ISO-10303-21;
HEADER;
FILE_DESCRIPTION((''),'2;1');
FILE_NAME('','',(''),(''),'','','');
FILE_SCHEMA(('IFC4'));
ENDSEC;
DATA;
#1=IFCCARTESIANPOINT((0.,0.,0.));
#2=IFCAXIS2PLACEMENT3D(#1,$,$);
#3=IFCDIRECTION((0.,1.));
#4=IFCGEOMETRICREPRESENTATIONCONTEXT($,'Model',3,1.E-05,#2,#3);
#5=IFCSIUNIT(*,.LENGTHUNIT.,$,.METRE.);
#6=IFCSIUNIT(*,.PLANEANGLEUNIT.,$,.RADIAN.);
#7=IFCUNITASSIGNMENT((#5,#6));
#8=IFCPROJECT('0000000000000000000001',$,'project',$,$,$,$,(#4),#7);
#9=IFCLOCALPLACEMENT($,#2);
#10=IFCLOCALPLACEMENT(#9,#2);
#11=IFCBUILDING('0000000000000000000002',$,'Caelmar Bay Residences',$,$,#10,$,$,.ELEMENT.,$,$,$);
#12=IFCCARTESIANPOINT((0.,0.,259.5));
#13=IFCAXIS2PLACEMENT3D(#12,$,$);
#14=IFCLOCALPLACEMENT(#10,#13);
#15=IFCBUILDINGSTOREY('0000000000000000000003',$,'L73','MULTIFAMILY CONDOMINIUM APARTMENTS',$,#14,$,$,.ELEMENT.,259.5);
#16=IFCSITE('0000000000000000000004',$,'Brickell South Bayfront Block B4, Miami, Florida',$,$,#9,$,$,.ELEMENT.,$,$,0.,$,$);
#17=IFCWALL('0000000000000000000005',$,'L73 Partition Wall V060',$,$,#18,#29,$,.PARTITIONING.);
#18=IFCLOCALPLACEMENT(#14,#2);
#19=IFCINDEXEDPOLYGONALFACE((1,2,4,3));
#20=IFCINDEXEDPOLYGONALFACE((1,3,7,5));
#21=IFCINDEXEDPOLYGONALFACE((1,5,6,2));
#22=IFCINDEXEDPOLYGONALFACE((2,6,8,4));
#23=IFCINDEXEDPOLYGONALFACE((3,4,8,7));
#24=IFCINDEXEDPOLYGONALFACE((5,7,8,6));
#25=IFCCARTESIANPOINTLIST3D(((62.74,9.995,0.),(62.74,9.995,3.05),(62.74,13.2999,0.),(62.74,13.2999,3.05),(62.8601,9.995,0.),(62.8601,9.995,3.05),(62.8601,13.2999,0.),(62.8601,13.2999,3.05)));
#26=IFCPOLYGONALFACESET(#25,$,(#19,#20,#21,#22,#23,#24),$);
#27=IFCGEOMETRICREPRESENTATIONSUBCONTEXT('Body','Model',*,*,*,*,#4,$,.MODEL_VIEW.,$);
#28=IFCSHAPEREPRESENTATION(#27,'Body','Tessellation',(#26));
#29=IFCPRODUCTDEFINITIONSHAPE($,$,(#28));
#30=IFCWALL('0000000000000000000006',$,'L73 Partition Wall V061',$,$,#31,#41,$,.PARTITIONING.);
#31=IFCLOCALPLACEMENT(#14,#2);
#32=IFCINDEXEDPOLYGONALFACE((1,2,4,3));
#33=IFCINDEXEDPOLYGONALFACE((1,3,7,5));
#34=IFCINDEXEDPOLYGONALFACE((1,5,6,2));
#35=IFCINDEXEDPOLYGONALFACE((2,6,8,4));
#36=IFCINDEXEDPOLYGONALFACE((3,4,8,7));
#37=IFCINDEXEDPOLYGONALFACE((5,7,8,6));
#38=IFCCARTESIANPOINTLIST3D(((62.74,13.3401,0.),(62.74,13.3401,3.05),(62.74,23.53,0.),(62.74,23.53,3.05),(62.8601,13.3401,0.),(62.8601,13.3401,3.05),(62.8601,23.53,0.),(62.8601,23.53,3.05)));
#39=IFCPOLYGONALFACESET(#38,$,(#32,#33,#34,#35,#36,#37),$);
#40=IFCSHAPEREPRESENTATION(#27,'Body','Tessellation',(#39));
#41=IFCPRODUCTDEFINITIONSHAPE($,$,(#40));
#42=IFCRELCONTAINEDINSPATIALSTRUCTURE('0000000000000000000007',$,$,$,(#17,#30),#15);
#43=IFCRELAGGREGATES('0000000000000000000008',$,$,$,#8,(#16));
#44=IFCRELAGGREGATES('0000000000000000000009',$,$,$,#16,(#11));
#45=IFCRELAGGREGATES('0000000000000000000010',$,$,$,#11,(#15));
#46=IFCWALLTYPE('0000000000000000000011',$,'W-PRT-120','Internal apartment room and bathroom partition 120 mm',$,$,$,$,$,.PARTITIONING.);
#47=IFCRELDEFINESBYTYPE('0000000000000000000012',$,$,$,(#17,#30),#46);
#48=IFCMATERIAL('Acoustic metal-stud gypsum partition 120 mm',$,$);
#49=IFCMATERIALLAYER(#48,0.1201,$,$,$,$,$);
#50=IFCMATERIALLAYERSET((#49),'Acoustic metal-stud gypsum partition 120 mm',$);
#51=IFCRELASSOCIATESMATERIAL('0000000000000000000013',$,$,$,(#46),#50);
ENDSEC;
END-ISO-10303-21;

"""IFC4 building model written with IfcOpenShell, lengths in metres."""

from ifc_helpers import new_model, si_unit, direction, frame, frame_2d, origin, place, context, subcontext, project, spatial, rectangle, extrude, material, layer, layer_set, type_object, element, save


model = new_model("IFC4")

# Units and contexts
model_context = context("Model", 3, precision=1e-05, world=origin(), true_north=direction((0.0, 1.0)))
body_context = subcontext(model_context, "Body", "Model", "MODEL_VIEW")
ifc_project = project(units=[si_unit("LENGTHUNIT", "METRE"), si_unit("PLANEANGLEUNIT", "RADIAN")], contexts=[model_context])

# Site, building, storey
site_placement = place(None, origin())
site = spatial("IfcSite", under=ifc_project, at=site_placement, Name="Brickell South Bayfront Block B4, Miami, Florida", CompositionType="ELEMENT", RefElevation=0.0)
building_placement = place(site_placement, origin())
building = spatial("IfcBuilding", under=site, at=building_placement, Name="Caelmar Bay Residences", CompositionType="ELEMENT")
storey_placement = place(building_placement, frame((0.0, 0.0, 259.5)))
storey = spatial("IfcBuildingStorey", under=building, at=storey_placement, Name="L73", Description="MULTIFAMILY CONDOMINIUM APARTMENTS", CompositionType="ELEMENT", Elevation=259.5)

# Walls
ifc_material_1 = material(Name="Acoustic metal-stud gypsum partition 120 mm")
ifc_layer_1 = layer(ifc_material_1, 0.1201)
ifc_layer_set_1 = layer_set([ifc_layer_1], Name="Acoustic metal-stud gypsum partition 120 mm")
wall_type_1 = type_object("IfcWallType", Name="W-PRT-120", Description="Internal apartment room and bathroom partition 120 mm", PredefinedType="PARTITIONING", material=ifc_layer_set_1)
wall_1_placement = place(storey_placement, frame((62.8, 9.9951, 0.0), z_axis=(0.0, 0.0, 1.0), x_axis=(0.0, 1.0, 0.0)))
element("IfcWall", 1, at=wall_1_placement, inside=storey, type_object=wall_type_1, Name="L73 Partition Wall V060", PredefinedType="PARTITIONING", context=body_context, shape_type="SweptSolid", body=[
    extrude(rectangle(XDim=3.3049, YDim=0.1201, at=frame_2d((1.6523, 0.0))), origin(), (0.0, 0.0, 1.0), 3.05),
])
wall_2_placement = place(storey_placement, frame((62.8, 13.3401, 0.0), z_axis=(0.0, 0.0, 1.0), x_axis=(0.0, 1.0, 0.0)))
element("IfcWall", 2, at=wall_2_placement, inside=storey, type_object=wall_type_1, Name="L73 Partition Wall V061", PredefinedType="PARTITIONING", context=body_context, shape_type="SweptSolid", body=[
    extrude(rectangle(XDim=10.1899, YDim=0.1201, at=frame_2d((5.095, 0.0))), origin(), (0.0, 0.0, 1.0), 3.05),
])

save(model, "model.ifc")
